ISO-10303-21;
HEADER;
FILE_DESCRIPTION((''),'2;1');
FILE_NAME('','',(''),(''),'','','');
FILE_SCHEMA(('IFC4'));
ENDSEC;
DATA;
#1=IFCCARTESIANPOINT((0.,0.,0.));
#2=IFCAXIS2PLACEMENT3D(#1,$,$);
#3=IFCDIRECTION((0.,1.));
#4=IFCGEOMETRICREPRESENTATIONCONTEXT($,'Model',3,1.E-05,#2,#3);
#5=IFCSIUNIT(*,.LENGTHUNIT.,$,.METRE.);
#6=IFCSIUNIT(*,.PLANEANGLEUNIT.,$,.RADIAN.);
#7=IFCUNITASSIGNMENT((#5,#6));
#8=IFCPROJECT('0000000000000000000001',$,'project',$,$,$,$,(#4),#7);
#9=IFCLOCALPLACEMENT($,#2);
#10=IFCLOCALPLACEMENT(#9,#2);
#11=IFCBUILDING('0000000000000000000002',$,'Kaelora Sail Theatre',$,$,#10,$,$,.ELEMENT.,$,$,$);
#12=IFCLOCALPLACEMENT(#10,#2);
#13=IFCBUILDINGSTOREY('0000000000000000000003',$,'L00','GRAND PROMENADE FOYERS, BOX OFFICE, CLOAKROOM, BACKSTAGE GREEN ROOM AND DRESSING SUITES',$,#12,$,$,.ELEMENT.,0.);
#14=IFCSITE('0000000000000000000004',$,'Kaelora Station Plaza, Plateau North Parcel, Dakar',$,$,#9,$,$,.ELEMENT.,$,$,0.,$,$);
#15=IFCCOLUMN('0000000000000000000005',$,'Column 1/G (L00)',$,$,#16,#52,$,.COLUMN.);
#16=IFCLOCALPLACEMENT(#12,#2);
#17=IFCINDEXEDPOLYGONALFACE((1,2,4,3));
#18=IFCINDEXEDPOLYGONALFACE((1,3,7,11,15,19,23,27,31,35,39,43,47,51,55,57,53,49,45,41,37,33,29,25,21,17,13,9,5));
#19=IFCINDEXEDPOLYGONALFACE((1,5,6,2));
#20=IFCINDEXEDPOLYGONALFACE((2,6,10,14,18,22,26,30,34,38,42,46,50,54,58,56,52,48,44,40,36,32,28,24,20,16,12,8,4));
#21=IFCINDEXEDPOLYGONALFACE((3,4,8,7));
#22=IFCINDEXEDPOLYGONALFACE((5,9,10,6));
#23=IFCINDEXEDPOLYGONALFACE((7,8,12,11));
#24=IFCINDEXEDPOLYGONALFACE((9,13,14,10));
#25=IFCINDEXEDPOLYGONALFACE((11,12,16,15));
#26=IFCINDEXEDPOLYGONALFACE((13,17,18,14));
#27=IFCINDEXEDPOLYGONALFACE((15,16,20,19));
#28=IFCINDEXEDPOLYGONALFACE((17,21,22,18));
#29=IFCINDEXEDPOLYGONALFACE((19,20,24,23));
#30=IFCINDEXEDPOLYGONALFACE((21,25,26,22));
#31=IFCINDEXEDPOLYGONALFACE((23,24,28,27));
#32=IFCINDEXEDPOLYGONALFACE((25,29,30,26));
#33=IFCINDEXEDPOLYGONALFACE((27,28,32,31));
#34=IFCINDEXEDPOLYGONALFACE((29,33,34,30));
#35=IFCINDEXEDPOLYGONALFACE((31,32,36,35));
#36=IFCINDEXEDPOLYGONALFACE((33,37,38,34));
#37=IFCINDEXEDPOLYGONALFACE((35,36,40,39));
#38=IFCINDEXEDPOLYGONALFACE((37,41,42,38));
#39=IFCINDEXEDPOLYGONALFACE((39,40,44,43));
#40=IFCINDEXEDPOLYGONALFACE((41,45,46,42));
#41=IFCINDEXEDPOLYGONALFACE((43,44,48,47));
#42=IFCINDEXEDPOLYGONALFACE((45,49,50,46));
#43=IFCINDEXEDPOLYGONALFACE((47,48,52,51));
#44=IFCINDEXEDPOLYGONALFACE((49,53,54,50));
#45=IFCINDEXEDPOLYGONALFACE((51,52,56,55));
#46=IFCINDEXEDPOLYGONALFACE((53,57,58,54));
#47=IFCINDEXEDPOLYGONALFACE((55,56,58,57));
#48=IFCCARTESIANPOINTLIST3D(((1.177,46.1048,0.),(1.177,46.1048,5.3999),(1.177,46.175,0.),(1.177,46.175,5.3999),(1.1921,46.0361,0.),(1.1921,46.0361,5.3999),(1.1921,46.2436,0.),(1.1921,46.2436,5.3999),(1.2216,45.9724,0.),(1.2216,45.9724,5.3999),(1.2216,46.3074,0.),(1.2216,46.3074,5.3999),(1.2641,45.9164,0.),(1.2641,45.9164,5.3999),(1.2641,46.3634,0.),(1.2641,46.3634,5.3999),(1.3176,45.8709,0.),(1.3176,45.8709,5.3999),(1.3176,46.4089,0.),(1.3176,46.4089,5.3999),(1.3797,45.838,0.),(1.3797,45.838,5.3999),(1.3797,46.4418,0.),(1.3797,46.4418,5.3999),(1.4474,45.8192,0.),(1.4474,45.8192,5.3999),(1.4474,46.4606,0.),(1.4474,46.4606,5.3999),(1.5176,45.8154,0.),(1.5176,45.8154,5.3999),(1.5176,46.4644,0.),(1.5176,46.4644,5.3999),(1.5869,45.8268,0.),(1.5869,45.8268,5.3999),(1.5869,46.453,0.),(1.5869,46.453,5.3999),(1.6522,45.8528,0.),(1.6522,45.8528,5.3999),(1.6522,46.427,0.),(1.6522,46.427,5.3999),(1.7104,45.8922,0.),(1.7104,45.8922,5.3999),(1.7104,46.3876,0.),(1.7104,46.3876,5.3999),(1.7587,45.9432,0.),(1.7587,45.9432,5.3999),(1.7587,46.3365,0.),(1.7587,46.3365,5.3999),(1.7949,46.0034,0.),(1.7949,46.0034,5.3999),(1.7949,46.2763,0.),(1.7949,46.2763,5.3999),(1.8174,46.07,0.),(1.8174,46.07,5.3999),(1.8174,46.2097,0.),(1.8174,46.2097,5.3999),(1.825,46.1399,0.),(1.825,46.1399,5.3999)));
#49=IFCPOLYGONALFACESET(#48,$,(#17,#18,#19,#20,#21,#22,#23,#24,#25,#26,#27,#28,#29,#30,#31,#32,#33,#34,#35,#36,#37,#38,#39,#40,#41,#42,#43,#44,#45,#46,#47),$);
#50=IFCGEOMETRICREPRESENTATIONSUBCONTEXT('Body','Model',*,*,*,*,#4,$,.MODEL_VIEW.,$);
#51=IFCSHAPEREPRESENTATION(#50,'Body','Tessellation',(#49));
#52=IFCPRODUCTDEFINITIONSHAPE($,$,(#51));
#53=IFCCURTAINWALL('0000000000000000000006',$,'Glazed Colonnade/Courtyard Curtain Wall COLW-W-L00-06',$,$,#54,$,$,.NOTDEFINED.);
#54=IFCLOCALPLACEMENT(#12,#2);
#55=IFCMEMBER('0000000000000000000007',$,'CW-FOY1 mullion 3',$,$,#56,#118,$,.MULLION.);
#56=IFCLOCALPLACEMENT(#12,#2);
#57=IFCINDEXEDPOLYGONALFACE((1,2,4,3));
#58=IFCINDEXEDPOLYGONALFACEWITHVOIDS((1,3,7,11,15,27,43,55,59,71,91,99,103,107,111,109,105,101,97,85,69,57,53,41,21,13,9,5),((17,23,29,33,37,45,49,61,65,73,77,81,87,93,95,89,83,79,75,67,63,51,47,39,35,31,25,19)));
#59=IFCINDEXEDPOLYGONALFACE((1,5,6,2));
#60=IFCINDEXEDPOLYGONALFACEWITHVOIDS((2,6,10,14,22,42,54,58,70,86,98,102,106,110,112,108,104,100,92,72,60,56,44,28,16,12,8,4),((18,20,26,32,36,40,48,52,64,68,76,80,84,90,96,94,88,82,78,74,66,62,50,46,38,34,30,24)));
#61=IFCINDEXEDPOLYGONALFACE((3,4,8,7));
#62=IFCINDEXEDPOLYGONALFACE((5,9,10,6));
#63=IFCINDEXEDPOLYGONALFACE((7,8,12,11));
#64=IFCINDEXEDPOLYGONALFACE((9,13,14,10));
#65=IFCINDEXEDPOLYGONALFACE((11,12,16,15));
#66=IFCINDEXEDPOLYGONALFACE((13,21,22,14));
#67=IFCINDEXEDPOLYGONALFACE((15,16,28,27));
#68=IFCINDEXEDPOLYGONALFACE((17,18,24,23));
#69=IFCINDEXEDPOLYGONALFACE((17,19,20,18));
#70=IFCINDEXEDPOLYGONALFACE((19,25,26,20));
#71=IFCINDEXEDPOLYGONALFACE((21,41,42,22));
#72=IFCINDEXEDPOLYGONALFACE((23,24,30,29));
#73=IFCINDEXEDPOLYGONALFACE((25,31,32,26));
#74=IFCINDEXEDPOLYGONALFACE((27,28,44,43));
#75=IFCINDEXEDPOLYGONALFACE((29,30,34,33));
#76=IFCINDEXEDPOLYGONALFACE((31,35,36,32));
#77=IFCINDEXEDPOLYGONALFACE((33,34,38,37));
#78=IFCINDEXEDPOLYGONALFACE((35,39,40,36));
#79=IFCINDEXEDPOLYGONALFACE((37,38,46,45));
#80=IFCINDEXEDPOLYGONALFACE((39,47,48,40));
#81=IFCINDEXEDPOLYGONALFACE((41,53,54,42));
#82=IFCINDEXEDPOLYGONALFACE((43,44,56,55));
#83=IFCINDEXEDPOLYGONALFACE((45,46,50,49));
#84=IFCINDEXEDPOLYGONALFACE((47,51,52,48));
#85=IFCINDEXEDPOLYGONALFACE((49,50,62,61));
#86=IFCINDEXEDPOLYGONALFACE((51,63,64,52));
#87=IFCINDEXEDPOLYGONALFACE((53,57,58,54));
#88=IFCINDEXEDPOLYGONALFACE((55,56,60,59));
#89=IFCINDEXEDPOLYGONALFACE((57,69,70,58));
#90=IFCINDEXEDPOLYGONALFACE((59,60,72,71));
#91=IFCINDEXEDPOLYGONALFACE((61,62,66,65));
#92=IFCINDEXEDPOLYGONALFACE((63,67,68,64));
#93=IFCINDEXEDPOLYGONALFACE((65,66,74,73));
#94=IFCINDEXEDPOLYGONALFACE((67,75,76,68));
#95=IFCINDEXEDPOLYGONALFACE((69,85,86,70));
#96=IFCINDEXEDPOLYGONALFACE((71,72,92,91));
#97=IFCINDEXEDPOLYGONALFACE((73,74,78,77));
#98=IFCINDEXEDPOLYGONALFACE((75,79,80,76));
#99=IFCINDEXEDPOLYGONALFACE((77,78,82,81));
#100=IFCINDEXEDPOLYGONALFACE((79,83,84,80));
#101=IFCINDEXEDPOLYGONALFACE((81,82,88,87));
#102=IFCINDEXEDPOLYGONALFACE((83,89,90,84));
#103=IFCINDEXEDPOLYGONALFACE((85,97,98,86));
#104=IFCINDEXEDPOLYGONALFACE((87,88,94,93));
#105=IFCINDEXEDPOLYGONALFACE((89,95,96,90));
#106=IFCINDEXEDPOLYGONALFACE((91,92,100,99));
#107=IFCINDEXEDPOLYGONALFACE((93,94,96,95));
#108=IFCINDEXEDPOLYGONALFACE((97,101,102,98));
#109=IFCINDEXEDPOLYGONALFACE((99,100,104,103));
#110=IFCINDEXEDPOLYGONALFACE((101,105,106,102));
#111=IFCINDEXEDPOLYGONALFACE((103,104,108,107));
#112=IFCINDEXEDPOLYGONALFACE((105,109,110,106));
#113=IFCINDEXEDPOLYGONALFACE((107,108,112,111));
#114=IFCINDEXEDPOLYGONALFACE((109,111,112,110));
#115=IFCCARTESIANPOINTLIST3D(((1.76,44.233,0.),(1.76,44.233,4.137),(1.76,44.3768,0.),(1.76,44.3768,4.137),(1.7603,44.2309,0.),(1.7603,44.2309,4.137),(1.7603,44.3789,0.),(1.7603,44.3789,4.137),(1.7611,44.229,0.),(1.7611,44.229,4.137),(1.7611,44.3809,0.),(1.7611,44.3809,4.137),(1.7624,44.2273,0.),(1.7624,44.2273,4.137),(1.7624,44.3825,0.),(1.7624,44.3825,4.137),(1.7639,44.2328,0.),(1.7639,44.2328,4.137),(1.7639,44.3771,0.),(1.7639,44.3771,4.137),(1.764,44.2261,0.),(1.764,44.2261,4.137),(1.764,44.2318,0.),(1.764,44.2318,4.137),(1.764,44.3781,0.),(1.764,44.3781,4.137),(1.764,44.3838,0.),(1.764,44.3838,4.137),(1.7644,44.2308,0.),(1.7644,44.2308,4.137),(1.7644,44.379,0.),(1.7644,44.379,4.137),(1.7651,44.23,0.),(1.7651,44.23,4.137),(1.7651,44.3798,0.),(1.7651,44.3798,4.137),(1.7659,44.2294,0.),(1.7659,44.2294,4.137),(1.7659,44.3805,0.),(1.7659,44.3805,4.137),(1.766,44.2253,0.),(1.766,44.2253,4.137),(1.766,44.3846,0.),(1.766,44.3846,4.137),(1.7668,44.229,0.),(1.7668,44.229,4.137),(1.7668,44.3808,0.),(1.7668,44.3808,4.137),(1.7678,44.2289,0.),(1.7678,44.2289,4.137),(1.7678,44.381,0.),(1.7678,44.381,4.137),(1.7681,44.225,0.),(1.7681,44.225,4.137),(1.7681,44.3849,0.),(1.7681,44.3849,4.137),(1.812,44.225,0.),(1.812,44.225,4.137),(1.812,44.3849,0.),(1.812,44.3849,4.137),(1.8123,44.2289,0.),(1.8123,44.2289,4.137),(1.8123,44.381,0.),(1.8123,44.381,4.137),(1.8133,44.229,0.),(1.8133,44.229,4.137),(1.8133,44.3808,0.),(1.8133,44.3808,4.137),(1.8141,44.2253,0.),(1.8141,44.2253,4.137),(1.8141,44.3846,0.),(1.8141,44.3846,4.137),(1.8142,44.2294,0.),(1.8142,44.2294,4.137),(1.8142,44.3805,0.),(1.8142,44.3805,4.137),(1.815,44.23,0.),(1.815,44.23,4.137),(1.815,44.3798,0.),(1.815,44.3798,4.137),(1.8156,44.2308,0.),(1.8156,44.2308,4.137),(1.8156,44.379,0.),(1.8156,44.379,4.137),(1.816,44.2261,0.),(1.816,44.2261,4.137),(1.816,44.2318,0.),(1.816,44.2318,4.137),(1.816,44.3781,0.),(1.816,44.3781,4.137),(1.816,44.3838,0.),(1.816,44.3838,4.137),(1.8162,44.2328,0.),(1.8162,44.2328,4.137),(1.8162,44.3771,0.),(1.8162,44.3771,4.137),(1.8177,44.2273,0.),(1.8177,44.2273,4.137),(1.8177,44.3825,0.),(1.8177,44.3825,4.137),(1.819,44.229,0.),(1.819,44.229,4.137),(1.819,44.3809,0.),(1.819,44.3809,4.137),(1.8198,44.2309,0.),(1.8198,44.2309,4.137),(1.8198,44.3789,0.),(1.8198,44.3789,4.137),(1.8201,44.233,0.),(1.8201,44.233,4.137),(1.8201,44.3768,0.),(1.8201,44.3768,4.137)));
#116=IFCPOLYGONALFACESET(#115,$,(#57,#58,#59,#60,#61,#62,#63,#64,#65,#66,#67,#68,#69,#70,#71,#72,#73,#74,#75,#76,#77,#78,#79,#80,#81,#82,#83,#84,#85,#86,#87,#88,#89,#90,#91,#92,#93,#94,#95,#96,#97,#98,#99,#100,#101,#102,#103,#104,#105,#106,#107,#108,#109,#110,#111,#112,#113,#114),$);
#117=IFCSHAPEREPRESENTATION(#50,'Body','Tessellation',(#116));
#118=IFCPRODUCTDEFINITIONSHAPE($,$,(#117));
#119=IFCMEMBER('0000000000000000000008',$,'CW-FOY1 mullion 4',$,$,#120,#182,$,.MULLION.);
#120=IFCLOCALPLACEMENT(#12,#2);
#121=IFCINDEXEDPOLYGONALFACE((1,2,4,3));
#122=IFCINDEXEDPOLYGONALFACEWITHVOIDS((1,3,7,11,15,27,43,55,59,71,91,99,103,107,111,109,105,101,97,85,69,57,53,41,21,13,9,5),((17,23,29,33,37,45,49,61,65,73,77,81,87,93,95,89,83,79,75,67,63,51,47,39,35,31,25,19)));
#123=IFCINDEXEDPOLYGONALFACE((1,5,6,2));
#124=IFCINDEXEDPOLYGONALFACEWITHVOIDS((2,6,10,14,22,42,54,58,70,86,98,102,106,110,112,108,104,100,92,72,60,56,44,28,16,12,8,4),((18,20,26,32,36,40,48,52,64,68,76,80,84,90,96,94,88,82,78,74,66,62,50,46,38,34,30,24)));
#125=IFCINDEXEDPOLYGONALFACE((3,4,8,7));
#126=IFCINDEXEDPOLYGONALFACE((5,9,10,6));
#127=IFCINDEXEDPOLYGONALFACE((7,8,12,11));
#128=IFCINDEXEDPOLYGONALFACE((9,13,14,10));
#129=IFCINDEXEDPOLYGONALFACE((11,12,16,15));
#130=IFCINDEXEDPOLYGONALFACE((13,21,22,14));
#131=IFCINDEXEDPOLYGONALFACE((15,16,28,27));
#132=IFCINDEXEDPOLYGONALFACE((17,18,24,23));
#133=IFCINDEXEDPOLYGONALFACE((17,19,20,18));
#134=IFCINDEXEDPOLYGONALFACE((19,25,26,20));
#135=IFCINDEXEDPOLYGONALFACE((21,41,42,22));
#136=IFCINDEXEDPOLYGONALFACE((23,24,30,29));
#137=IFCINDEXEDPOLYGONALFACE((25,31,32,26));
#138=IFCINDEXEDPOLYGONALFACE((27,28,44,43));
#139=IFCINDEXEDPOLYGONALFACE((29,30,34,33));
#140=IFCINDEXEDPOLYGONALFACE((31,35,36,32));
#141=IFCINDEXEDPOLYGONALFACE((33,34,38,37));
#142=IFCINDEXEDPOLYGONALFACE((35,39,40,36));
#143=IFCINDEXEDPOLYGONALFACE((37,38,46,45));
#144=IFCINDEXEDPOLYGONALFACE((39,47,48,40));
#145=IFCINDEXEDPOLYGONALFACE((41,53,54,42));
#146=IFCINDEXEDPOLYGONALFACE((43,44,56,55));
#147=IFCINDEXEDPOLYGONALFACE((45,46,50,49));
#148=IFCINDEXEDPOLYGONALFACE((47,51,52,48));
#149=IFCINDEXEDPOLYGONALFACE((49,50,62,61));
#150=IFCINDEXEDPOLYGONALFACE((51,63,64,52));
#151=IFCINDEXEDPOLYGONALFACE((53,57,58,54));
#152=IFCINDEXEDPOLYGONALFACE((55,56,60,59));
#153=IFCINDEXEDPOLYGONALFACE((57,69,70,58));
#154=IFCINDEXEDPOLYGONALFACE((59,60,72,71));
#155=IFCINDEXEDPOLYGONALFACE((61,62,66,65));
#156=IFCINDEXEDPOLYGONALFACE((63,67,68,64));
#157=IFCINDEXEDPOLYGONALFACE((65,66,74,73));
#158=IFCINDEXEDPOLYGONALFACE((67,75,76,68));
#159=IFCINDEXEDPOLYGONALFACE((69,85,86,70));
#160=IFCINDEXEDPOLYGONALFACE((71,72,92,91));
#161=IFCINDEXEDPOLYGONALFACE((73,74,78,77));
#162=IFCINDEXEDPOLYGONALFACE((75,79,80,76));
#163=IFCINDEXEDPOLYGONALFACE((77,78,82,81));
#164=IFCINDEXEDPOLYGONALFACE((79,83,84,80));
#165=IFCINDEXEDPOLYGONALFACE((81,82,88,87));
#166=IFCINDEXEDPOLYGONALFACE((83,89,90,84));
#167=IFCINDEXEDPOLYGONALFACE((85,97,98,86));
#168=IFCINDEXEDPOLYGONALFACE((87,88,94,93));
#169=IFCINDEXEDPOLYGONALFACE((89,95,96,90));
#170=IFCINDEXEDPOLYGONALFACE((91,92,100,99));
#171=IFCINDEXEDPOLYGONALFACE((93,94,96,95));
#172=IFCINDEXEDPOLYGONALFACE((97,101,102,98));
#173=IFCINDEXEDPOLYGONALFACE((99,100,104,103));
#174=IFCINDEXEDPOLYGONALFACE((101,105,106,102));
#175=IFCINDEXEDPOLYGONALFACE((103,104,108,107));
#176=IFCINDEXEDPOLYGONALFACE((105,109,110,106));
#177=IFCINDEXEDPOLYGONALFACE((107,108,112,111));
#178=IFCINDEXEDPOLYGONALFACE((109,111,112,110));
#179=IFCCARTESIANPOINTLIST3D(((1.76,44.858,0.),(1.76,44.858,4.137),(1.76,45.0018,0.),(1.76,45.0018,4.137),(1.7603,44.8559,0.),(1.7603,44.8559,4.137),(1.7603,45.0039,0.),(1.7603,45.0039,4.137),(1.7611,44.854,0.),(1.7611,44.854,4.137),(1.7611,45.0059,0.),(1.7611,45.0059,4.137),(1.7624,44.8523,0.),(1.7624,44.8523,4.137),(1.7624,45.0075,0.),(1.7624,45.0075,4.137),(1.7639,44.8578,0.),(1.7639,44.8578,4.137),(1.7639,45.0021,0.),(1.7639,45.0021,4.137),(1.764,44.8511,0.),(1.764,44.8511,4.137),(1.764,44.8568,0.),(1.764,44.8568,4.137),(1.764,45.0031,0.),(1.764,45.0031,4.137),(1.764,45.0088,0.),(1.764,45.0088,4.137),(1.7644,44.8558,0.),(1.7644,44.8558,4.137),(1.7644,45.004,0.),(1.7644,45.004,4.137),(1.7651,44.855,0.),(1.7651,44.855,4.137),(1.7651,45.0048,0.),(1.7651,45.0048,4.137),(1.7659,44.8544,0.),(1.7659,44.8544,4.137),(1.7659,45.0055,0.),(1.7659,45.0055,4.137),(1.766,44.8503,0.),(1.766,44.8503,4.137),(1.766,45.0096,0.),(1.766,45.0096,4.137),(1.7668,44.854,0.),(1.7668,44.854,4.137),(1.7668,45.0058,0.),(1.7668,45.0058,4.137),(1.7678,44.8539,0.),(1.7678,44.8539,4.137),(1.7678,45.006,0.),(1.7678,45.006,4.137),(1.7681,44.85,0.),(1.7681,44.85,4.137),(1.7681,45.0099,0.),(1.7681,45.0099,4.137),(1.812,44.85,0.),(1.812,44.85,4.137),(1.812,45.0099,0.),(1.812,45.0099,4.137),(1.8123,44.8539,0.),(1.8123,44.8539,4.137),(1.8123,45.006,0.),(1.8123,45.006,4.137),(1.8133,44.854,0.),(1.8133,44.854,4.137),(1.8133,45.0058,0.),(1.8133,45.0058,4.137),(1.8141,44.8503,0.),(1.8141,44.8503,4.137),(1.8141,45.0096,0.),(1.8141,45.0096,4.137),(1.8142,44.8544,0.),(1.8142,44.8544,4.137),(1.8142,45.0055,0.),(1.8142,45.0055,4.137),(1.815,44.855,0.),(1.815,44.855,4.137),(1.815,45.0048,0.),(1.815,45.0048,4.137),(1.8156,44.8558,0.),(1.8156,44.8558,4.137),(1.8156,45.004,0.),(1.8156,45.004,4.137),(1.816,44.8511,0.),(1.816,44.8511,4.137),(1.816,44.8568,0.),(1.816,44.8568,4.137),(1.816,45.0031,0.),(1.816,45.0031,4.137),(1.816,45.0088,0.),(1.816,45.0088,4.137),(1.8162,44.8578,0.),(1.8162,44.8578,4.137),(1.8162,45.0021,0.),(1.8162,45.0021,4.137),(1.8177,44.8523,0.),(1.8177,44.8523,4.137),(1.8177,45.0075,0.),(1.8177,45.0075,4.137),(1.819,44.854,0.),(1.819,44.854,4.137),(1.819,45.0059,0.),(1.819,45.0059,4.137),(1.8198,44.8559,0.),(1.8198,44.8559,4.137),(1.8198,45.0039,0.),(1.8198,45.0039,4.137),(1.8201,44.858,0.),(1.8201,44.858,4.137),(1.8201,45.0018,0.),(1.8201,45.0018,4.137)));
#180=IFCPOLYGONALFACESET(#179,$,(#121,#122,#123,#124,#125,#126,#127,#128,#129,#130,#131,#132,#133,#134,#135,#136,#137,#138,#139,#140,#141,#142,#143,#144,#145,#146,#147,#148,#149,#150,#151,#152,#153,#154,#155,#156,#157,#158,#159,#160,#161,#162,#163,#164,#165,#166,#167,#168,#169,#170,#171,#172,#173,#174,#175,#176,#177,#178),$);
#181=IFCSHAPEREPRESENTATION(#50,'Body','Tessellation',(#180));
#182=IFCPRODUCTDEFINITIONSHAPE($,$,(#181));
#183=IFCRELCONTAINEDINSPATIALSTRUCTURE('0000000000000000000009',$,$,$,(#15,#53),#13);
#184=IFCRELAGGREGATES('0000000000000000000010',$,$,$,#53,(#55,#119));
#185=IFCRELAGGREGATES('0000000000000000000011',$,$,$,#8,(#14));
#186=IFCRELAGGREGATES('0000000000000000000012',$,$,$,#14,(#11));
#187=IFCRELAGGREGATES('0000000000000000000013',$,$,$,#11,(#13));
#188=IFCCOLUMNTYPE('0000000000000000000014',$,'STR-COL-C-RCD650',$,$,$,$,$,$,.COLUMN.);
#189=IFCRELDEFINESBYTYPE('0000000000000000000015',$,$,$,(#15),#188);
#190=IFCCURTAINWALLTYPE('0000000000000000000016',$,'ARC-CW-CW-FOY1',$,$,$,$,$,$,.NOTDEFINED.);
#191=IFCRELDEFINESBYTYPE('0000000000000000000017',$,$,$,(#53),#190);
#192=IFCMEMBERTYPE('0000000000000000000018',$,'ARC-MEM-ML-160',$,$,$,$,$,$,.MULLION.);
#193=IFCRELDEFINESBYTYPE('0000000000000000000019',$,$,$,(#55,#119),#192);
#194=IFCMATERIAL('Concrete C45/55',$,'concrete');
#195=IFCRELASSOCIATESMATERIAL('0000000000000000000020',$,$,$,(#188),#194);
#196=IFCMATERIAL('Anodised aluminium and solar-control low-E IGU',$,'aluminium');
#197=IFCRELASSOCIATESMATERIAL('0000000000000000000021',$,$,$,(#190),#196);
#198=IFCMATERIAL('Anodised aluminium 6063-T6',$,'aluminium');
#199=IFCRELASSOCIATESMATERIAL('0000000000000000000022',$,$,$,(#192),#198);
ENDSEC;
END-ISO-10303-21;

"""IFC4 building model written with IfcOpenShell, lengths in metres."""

from ifc_helpers import new_model, si_unit, direction, frame, origin, origin_2d, place, context, subcontext, project, spatial, hollow_rectangle, circle, extrude, material, material_profile, profile_set, type_object, element, aggregate, save


model = new_model("IFC4")

# Units and contexts
model_context = context("Model", 3, precision=1e-05, world=origin(), true_north=direction((0.0, 1.0)))
body_context = subcontext(model_context, "Body", "Model", "MODEL_VIEW")
ifc_project = project(units=[si_unit("LENGTHUNIT", "METRE"), si_unit("PLANEANGLEUNIT", "RADIAN")], contexts=[model_context])

# Site, building, storey
site_placement = place(None, origin())
site = spatial("IfcSite", under=ifc_project, at=site_placement, Name="Kaelora Station Plaza, Plateau North Parcel, Dakar", CompositionType="ELEMENT", RefElevation=0.0)
building_placement = place(site_placement, origin())
building = spatial("IfcBuilding", under=site, at=building_placement, Name="Kaelora Sail Theatre", CompositionType="ELEMENT")
storey_placement = place(building_placement, origin())
storey = spatial("IfcBuildingStorey", under=building, at=storey_placement, Name="L00", Description="GRAND PROMENADE FOYERS, BOX OFFICE, CLOAKROOM, BACKSTAGE GREEN ROOM AND DRESSING SUITES", CompositionType="ELEMENT", Elevation=0.0)

# Column
ifc_material_1 = material(Name="Concrete C45/55", Category="concrete")
ifc_material_profile_1 = material_profile(ifc_material_1, circle(Radius=0.325, at=origin_2d()), Name="RC-CCOL D650")
ifc_profile_set_1 = profile_set([ifc_material_profile_1], Name="Concrete C45/55")
column_type = type_object("IfcColumnType", Name="STR-COL-C-RCD650", PredefinedType="COLUMN", material=ifc_profile_set_1)
column_placement = place(storey_placement, frame((1.5, 46.1399, 0.0), z_axis=(0.0, 0.0, 1.0), x_axis=(1.0, 0.0, 0.0)))
element("IfcColumn", 1, at=column_placement, inside=storey, type_object=column_type, Name="Column 1/G (L00)", PredefinedType="COLUMN", context=body_context, shape_type="SweptSolid", body=[
    extrude(circle(Radius=0.325, at=origin_2d()), origin(), (0.0, 0.0, 1.0), 5.3999),
])

# Curtain wall, members
ifc_material_2 = material(Name="Anodised aluminium and solar-control low-E IGU", Category="aluminium")
curtain_wall_type = type_object("IfcCurtainWallType", Name="ARC-CW-CW-FOY1", PredefinedType="NOTDEFINED", material=ifc_material_2)
curtain_wall_1_placement = place(storey_placement, origin())
curtain_wall_1 = element("IfcCurtainWall", 2, at=curtain_wall_1_placement, inside=storey, type_object=curtain_wall_type, Name="Glazed Colonnade/Courtyard Curtain Wall COLW-W-L00-06", PredefinedType="NOTDEFINED")
ifc_material_3 = material(Name="Anodised aluminium 6063-T6", Category="aluminium")
ifc_material_profile_2 = material_profile(ifc_material_3, hollow_rectangle(XDim=0.0601, YDim=0.1599, WallThickness=0.0039, InnerFilletRadius=0.0039, OuterFilletRadius=0.0081, at=origin_2d()), Name="ALU-MULL 60x160x4")
ifc_profile_set_2 = profile_set([ifc_material_profile_2], Name="Anodised aluminium 6063-T6")
member_type_1 = type_object("IfcMemberType", Name="ARC-MEM-ML-160", PredefinedType="MULLION", material=ifc_profile_set_2)
member_1_placement = place(storey_placement, frame((1.79, 44.3049, 0.0), z_axis=(0.0, 0.0, 1.0), x_axis=(-1.0, 0.0, 0.0)))
member_1 = element("IfcMember", 3, at=member_1_placement, type_object=member_type_1, Name="CW-FOY1 mullion 3", PredefinedType="MULLION", context=body_context, shape_type="SweptSolid", body=[
    extrude(hollow_rectangle(XDim=0.0601, YDim=0.1599, WallThickness=0.0039, InnerFilletRadius=0.0039, OuterFilletRadius=0.0081, at=origin_2d()), origin(), (0.0, 0.0, 1.0), 4.137),
])
member_2_placement = place(storey_placement, frame((1.79, 44.9299, 0.0), z_axis=(0.0, 0.0, 1.0), x_axis=(-1.0, 0.0, 0.0)))
member_2 = element("IfcMember", 4, at=member_2_placement, type_object=member_type_1, Name="CW-FOY1 mullion 4", PredefinedType="MULLION", context=body_context, shape_type="SweptSolid", body=[
    extrude(hollow_rectangle(XDim=0.0601, YDim=0.1599, WallThickness=0.0039, InnerFilletRadius=0.0039, OuterFilletRadius=0.0081, at=origin_2d()), origin(), (0.0, 0.0, 1.0), 4.137),
])

aggregate(curtain_wall_1, [member_1, member_2])

save(model, "model.ifc")
